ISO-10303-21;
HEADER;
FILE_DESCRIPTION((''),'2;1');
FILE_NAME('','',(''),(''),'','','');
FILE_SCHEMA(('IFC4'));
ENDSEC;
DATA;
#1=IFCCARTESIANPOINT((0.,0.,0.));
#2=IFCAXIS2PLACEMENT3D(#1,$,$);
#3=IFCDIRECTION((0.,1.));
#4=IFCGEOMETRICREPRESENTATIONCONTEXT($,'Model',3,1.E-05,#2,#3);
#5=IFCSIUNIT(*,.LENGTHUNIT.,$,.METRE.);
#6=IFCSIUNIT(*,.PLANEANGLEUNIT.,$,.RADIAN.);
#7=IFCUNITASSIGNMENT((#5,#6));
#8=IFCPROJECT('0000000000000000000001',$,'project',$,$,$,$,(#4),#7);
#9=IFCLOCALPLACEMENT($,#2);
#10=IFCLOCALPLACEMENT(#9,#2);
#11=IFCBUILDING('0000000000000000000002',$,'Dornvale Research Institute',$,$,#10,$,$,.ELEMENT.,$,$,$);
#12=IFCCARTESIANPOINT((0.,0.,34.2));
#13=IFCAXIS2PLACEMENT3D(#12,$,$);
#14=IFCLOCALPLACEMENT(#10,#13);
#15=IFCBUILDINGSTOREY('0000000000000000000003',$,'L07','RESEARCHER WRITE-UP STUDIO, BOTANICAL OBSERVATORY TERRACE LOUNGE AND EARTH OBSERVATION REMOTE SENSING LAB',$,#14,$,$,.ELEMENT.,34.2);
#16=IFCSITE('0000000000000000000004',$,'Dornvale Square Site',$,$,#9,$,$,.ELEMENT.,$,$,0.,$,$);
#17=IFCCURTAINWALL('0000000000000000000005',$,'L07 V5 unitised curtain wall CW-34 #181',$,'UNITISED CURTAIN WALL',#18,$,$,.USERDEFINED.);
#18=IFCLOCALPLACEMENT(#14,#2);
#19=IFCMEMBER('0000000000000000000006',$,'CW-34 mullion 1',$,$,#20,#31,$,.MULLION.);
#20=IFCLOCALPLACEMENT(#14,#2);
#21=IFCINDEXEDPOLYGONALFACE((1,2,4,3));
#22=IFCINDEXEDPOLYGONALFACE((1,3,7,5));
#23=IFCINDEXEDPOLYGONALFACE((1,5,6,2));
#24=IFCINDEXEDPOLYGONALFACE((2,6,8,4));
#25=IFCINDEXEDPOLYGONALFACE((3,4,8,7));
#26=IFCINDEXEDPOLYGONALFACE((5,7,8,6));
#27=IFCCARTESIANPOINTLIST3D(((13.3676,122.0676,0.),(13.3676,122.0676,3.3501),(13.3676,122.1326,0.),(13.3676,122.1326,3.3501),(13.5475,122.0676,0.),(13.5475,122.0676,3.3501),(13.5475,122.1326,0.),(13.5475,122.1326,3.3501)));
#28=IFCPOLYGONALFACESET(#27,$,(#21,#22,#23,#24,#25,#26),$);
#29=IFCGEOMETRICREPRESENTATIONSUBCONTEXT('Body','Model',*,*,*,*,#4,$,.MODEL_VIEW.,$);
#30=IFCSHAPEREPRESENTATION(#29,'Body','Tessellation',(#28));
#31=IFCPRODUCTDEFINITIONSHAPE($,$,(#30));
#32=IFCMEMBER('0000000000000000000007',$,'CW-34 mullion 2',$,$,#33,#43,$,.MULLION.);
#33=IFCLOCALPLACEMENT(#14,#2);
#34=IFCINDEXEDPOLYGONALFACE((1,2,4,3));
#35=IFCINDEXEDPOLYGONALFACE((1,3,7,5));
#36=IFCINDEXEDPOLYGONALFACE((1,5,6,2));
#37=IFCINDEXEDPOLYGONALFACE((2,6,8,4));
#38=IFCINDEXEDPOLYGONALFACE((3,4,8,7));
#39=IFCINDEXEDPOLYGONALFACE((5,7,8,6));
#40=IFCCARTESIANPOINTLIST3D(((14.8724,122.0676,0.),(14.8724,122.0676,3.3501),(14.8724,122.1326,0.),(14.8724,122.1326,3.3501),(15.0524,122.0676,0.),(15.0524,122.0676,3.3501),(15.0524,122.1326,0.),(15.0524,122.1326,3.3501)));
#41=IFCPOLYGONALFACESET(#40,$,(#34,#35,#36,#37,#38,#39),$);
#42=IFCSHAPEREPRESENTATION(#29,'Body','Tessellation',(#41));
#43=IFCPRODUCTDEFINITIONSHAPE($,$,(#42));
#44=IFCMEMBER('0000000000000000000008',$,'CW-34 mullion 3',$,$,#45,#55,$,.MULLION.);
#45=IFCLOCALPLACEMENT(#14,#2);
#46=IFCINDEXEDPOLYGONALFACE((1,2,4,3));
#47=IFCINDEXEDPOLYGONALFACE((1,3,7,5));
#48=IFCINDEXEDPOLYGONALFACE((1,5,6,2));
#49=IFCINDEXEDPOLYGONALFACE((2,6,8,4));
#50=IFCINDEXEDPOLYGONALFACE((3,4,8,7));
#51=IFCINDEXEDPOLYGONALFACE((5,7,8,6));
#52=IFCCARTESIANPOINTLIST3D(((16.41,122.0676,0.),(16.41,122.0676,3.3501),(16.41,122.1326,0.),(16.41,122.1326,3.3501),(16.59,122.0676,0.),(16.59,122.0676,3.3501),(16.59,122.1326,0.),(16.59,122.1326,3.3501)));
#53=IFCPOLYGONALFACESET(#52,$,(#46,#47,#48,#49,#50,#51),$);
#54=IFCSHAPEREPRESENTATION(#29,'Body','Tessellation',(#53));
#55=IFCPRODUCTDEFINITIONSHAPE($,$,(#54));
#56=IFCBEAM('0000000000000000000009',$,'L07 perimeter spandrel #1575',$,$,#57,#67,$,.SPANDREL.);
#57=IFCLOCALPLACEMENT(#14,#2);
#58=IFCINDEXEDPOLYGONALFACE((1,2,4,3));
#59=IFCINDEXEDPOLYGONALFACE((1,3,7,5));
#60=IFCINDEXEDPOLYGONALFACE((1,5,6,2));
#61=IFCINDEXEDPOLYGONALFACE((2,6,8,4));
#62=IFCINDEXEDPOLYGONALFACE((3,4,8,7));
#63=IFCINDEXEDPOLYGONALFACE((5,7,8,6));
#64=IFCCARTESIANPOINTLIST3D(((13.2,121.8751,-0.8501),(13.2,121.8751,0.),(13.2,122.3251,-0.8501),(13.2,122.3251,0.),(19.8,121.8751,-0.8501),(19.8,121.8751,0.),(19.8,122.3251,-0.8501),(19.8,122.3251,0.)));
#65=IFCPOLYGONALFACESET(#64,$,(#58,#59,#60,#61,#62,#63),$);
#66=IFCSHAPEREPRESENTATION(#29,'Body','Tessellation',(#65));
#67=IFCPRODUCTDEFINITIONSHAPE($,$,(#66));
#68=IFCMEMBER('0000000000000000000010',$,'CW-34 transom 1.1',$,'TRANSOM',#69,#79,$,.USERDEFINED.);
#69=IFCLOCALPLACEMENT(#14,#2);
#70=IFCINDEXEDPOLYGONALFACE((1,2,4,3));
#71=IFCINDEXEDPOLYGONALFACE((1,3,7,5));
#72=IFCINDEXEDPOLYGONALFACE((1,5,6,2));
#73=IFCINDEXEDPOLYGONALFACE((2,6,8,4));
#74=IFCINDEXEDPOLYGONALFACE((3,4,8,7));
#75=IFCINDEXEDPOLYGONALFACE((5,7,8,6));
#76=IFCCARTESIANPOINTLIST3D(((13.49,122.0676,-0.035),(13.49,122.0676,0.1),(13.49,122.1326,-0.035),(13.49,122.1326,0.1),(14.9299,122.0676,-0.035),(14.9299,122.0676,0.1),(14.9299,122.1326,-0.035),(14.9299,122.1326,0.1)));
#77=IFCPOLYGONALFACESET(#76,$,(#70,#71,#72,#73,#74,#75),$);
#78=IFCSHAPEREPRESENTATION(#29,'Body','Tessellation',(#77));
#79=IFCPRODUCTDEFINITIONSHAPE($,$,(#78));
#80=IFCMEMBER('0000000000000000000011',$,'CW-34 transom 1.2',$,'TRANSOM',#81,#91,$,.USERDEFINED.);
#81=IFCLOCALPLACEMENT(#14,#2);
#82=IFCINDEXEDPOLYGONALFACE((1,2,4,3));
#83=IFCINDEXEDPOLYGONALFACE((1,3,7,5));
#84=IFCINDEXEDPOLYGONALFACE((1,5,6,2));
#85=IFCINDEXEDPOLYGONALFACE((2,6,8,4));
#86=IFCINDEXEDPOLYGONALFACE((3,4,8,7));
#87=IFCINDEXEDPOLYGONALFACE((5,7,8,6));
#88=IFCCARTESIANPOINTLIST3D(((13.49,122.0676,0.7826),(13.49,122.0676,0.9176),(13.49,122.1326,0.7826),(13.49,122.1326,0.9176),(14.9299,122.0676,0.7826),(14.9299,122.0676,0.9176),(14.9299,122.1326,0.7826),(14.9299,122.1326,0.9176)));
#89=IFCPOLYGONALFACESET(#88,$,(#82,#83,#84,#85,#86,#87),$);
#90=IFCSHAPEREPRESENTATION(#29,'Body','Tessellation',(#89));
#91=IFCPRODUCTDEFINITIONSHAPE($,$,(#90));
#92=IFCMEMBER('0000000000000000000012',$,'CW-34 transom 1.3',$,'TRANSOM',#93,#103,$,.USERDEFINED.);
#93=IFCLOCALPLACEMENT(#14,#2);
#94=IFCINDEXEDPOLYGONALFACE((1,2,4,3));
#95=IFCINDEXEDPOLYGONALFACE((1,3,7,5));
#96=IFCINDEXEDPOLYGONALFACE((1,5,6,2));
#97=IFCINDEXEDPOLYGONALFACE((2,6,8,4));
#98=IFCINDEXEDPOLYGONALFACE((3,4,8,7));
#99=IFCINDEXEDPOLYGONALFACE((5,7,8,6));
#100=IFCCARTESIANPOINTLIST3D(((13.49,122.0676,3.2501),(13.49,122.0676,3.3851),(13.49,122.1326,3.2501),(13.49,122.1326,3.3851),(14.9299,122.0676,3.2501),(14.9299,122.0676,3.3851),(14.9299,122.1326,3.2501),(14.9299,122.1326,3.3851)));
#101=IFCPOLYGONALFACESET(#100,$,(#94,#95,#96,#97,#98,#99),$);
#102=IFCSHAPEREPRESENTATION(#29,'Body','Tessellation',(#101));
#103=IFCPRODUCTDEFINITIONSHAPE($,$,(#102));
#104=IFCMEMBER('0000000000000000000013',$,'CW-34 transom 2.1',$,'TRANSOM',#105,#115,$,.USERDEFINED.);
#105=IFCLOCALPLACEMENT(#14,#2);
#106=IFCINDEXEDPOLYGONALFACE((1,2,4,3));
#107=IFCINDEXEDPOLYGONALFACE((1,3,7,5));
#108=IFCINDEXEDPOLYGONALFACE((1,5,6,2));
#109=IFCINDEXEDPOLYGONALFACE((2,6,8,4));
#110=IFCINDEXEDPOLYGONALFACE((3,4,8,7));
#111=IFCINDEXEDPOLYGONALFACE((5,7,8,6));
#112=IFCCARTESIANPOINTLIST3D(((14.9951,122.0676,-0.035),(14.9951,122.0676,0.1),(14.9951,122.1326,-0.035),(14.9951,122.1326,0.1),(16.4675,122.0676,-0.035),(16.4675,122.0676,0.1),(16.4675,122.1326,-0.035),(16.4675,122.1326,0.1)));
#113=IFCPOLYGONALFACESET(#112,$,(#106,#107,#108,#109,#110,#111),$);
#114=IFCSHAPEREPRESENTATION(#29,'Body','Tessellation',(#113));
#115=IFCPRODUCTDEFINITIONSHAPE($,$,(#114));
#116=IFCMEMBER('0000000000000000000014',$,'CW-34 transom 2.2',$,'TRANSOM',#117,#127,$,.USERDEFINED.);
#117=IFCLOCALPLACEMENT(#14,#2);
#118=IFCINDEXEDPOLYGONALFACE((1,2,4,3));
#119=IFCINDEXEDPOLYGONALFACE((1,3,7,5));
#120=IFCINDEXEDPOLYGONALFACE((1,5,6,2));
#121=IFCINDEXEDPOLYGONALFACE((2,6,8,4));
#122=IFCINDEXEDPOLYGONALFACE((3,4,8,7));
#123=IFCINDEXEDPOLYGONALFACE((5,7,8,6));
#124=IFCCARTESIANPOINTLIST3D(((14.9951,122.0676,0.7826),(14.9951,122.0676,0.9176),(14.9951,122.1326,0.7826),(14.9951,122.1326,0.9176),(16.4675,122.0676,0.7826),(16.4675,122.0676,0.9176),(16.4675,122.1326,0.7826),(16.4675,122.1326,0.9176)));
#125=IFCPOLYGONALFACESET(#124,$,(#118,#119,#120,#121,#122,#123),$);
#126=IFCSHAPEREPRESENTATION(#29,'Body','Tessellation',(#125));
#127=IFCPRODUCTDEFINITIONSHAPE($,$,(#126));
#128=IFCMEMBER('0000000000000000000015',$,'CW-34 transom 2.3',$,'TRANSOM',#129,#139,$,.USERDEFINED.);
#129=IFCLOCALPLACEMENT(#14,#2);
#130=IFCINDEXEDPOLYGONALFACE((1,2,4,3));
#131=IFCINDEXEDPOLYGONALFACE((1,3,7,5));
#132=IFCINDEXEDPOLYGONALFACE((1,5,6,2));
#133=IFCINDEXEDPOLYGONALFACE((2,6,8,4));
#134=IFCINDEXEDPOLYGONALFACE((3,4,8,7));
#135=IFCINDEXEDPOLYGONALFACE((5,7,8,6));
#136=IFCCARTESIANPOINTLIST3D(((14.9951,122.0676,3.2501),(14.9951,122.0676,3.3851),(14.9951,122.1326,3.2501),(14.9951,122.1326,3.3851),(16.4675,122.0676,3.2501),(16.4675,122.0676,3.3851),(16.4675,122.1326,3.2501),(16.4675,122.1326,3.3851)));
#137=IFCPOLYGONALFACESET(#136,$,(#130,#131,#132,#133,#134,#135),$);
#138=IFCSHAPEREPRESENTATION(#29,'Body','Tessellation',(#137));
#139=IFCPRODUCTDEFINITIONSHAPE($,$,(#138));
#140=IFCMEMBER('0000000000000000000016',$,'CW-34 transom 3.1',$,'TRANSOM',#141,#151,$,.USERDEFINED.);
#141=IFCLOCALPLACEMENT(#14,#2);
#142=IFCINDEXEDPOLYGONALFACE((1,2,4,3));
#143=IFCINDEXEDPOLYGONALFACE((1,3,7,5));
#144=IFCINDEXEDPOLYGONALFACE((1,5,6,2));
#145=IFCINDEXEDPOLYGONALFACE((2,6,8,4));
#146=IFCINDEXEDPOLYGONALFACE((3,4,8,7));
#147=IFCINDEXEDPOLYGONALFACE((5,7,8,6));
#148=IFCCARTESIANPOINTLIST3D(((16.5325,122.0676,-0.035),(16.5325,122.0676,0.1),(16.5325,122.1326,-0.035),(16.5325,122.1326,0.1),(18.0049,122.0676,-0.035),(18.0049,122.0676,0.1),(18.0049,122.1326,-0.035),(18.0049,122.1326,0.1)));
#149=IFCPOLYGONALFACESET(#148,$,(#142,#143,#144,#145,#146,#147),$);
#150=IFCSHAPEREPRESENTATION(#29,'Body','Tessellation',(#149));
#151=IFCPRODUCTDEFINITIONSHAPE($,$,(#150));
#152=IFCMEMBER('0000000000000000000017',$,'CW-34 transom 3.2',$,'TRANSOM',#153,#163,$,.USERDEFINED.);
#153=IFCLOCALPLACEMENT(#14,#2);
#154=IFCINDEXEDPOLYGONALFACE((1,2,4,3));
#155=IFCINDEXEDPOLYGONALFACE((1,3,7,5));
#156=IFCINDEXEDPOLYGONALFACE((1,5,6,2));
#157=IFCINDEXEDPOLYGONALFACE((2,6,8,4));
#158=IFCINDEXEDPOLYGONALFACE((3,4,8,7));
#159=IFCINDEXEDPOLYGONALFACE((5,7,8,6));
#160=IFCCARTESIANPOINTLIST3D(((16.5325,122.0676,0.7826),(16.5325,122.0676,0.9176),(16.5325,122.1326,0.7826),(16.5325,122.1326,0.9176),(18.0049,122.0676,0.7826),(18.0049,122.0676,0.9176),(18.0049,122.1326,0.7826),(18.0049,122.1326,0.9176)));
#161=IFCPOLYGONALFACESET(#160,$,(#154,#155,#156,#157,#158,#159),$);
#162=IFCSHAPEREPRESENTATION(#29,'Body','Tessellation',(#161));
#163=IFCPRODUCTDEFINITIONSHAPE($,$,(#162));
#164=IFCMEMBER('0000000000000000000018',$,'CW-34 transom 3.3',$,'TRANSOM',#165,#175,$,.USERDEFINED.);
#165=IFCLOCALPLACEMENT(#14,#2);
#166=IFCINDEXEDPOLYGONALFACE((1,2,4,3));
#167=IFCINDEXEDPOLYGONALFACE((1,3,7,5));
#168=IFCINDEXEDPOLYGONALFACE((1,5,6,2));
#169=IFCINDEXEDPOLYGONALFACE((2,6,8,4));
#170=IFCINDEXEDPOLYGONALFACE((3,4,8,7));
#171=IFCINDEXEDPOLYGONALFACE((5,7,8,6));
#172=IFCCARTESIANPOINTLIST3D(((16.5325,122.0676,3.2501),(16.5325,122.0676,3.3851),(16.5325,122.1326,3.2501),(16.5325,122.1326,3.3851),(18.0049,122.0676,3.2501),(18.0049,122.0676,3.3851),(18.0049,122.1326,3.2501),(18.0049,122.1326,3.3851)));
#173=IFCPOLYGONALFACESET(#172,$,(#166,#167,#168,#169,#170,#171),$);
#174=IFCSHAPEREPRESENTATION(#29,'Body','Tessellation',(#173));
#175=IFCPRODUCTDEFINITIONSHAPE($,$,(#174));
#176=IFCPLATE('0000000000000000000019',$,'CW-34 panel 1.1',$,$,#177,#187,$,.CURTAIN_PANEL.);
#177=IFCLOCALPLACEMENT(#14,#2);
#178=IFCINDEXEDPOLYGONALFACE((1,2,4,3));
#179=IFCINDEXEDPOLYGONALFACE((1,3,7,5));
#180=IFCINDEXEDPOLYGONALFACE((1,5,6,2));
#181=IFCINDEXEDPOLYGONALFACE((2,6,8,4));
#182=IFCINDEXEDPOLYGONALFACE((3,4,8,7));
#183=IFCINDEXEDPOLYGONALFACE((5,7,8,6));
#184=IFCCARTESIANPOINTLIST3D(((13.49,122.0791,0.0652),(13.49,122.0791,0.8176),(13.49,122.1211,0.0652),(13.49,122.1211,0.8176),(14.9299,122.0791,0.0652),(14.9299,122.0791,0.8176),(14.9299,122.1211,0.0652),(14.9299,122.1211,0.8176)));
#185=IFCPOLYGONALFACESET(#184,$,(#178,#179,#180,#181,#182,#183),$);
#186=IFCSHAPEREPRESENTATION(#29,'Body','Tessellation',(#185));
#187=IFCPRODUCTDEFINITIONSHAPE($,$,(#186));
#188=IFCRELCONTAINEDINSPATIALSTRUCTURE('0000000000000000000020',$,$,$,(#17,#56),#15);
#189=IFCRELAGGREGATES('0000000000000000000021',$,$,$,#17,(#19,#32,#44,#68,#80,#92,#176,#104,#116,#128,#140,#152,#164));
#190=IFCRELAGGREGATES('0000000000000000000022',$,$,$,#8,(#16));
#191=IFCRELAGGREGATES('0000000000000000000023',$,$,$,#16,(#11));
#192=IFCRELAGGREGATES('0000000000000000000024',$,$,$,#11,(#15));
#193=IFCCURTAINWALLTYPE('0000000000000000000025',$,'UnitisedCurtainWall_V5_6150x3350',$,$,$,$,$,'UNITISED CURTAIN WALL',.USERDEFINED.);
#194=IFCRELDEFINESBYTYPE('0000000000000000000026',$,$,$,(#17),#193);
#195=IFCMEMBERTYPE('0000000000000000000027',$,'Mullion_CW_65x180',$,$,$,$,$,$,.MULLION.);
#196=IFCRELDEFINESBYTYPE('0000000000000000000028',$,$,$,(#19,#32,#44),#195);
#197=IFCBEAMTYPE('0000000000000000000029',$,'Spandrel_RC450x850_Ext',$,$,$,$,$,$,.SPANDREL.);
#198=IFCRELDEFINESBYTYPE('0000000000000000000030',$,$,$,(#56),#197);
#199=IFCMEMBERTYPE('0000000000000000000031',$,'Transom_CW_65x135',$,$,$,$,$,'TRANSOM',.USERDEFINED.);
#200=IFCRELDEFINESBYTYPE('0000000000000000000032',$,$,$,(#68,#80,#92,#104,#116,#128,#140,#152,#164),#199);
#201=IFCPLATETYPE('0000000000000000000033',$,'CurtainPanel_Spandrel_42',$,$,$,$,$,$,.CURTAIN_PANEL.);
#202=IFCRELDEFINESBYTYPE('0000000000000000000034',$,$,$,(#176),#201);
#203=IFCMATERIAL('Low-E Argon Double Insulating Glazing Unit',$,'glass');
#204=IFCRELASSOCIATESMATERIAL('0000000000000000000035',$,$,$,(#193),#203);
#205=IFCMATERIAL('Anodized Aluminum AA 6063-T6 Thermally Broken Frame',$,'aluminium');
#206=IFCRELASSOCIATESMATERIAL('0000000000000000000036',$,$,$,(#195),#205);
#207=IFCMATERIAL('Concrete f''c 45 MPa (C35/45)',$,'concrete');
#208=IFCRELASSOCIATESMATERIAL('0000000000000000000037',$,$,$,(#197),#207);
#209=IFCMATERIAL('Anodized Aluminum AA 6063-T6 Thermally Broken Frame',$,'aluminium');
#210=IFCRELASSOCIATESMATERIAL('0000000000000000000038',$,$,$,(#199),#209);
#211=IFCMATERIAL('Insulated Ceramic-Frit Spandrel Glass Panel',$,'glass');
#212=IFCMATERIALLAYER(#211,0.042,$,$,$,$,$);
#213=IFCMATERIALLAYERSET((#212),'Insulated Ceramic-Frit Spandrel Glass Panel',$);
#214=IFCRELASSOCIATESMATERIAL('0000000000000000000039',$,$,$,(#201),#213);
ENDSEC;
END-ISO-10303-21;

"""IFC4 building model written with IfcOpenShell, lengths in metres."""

from ifc_helpers import new_model, si_unit, direction, frame, origin, origin_2d, place, context, subcontext, project, spatial, rectangle, extrude, material, layer, layer_set, material_profile, profile_set, type_object, element, aggregate, save


model = new_model("IFC4")

# Units and contexts
model_context = context("Model", 3, precision=1e-05, world=origin(), true_north=direction((0.0, 1.0)))
body_context = subcontext(model_context, "Body", "Model", "MODEL_VIEW")
ifc_project = project(units=[si_unit("LENGTHUNIT", "METRE"), si_unit("PLANEANGLEUNIT", "RADIAN")], contexts=[model_context])

# Site, building, storey
site_placement = place(None, origin())
site = spatial("IfcSite", under=ifc_project, at=site_placement, Name="Dornvale Square Site", CompositionType="ELEMENT", RefElevation=0.0)
building_placement = place(site_placement, origin())
building = spatial("IfcBuilding", under=site, at=building_placement, Name="Dornvale Research Institute", CompositionType="ELEMENT")
storey_placement = place(building_placement, frame((0.0, 0.0, 34.2)))
storey = spatial("IfcBuildingStorey", under=building, at=storey_placement, Name="L07", Description="RESEARCHER WRITE-UP STUDIO, BOTANICAL OBSERVATORY TERRACE LOUNGE AND EARTH OBSERVATION REMOTE SENSING LAB", CompositionType="ELEMENT", Elevation=34.2)

# Curtain wall, members
ifc_material_1 = material(Name="Low-E Argon Double Insulating Glazing Unit", Category="glass")
curtain_wall_type = type_object("IfcCurtainWallType", Name="UnitisedCurtainWall_V5_6150x3350", ElementType="UNITISED CURTAIN WALL", PredefinedType="USERDEFINED", material=ifc_material_1)
curtain_wall_placement = place(storey_placement, origin())
curtain_wall = element("IfcCurtainWall", 1, at=curtain_wall_placement, inside=storey, type_object=curtain_wall_type, Name="L07 V5 unitised curtain wall CW-34 #181", ObjectType="UNITISED CURTAIN WALL", PredefinedType="USERDEFINED")
ifc_material_2 = material(Name="Anodized Aluminum AA 6063-T6 Thermally Broken Frame", Category="aluminium")
ifc_material_profile_1 = material_profile(ifc_material_2, rectangle(XDim=0.0649, YDim=0.1799, at=origin_2d()), Name="ALU MULLION 65x180")
ifc_profile_set_1 = profile_set([ifc_material_profile_1], Name="Anodized Aluminum AA 6063-T6 Thermally Broken Frame")
member_type_1 = type_object("IfcMemberType", Name="Mullion_CW_65x180", PredefinedType="MULLION", material=ifc_profile_set_1)
member_1_placement = place(storey_placement, frame((13.4575, 122.1001, 0.0), z_axis=(0.0, 0.0, 1.0), x_axis=(0.0, 1.0, 0.0)))
member_1 = element("IfcMember", 2, at=member_1_placement, type_object=member_type_1, Name="CW-34 mullion 1", PredefinedType="MULLION", context=body_context, shape_type="SweptSolid", body=[
    extrude(rectangle(XDim=0.0649, YDim=0.1799, at=origin_2d()), origin(), (0.0, 0.0, 1.0), 3.3501),
])
member_2_placement = place(storey_placement, frame((14.9624, 122.1001, 0.0), z_axis=(0.0, 0.0, 1.0), x_axis=(0.0, 1.0, 0.0)))
member_2 = element("IfcMember", 3, at=member_2_placement, type_object=member_type_1, Name="CW-34 mullion 2", PredefinedType="MULLION", context=body_context, shape_type="SweptSolid", body=[
    extrude(rectangle(XDim=0.0649, YDim=0.1799, at=origin_2d()), origin(), (0.0, 0.0, 1.0), 3.3501),
])
member_3_placement = place(storey_placement, frame((16.5, 122.1001, 0.0), z_axis=(0.0, 0.0, 1.0), x_axis=(0.0, 1.0, 0.0)))
member_3 = element("IfcMember", 4, at=member_3_placement, type_object=member_type_1, Name="CW-34 mullion 3", PredefinedType="MULLION", context=body_context, shape_type="SweptSolid", body=[
    extrude(rectangle(XDim=0.0649, YDim=0.1799, at=origin_2d()), origin(), (0.0, 0.0, 1.0), 3.3501),
])

# Beam
ifc_material_3 = material(Name="Concrete f'c 45 MPa (C35/45)", Category="concrete")
ifc_material_profile_2 = material_profile(ifc_material_3, rectangle(XDim=0.45, YDim=0.8501, at=origin_2d()), Name="RC 450x850")
ifc_profile_set_2 = profile_set([ifc_material_profile_2], Name="Concrete f'c 45 MPa (C35/45)")
beam_type = type_object("IfcBeamType", Name="Spandrel_RC450x850_Ext", PredefinedType="SPANDREL", material=ifc_profile_set_2)
beam_placement = place(storey_placement, frame((13.2, 122.1001, -0.425), z_axis=(1.0, 0.0, 0.0), x_axis=(0.0, 1.0, 0.0)))
element("IfcBeam", 5, at=beam_placement, inside=storey, type_object=beam_type, Name="L07 perimeter spandrel #1575", PredefinedType="SPANDREL", context=body_context, shape_type="SweptSolid", body=[
    extrude(rectangle(XDim=0.45, YDim=0.8501, at=origin_2d()), origin(), (0.0, 0.0, 1.0), 6.6001),
])

# Members
ifc_material_4 = material(Name="Anodized Aluminum AA 6063-T6 Thermally Broken Frame", Category="aluminium")
ifc_material_profile_3 = material_profile(ifc_material_4, rectangle(XDim=0.0649, YDim=0.135, at=origin_2d()), Name="ALU TRANSOM 65x135")
ifc_profile_set_3 = profile_set([ifc_material_profile_3], Name="Anodized Aluminum AA 6063-T6 Thermally Broken Frame")
member_type_2 = type_object("IfcMemberType", Name="Transom_CW_65x135", ElementType="TRANSOM", PredefinedType="USERDEFINED", material=ifc_profile_set_3)
member_4_placement = place(storey_placement, frame((13.49, 122.1001, 0.0325), z_axis=(1.0, 0.0, 0.0), x_axis=(0.0, 1.0, 0.0)))
member_4 = element("IfcMember", 6, at=member_4_placement, type_object=member_type_2, Name="CW-34 transom 1.1", ObjectType="TRANSOM", PredefinedType="USERDEFINED", context=body_context, shape_type="SweptSolid", body=[
    extrude(rectangle(XDim=0.0649, YDim=0.135, at=origin_2d()), origin(), (0.0, 0.0, 1.0), 1.4399),
])
member_5_placement = place(storey_placement, frame((13.49, 122.1001, 0.8501), z_axis=(1.0, 0.0, 0.0), x_axis=(0.0, 1.0, 0.0)))
member_5 = element("IfcMember", 7, at=member_5_placement, type_object=member_type_2, Name="CW-34 transom 1.2", ObjectType="TRANSOM", PredefinedType="USERDEFINED", context=body_context, shape_type="SweptSolid", body=[
    extrude(rectangle(XDim=0.0649, YDim=0.135, at=origin_2d()), origin(), (0.0, 0.0, 1.0), 1.4399),
])
member_6_placement = place(storey_placement, frame((13.49, 122.1001, 3.3176), z_axis=(1.0, 0.0, 0.0), x_axis=(0.0, 1.0, 0.0)))
member_6 = element("IfcMember", 8, at=member_6_placement, type_object=member_type_2, Name="CW-34 transom 1.3", ObjectType="TRANSOM", PredefinedType="USERDEFINED", context=body_context, shape_type="SweptSolid", body=[
    extrude(rectangle(XDim=0.0649, YDim=0.135, at=origin_2d()), origin(), (0.0, 0.0, 1.0), 1.4399),
])
member_7_placement = place(storey_placement, frame((14.9951, 122.1001, 0.0325), z_axis=(1.0, 0.0, 0.0), x_axis=(0.0, 1.0, 0.0)))
member_7 = element("IfcMember", 9, at=member_7_placement, type_object=member_type_2, Name="CW-34 transom 2.1", ObjectType="TRANSOM", PredefinedType="USERDEFINED", context=body_context, shape_type="SweptSolid", body=[
    extrude(rectangle(XDim=0.0649, YDim=0.135, at=origin_2d()), origin(), (0.0, 0.0, 1.0), 1.4724),
])
member_8_placement = place(storey_placement, frame((14.9951, 122.1001, 0.8501), z_axis=(1.0, 0.0, 0.0), x_axis=(0.0, 1.0, 0.0)))
member_8 = element("IfcMember", 10, at=member_8_placement, type_object=member_type_2, Name="CW-34 transom 2.2", ObjectType="TRANSOM", PredefinedType="USERDEFINED", context=body_context, shape_type="SweptSolid", body=[
    extrude(rectangle(XDim=0.0649, YDim=0.135, at=origin_2d()), origin(), (0.0, 0.0, 1.0), 1.4724),
])
member_9_placement = place(storey_placement, frame((14.9951, 122.1001, 3.3176), z_axis=(1.0, 0.0, 0.0), x_axis=(0.0, 1.0, 0.0)))
member_9 = element("IfcMember", 11, at=member_9_placement, type_object=member_type_2, Name="CW-34 transom 2.3", ObjectType="TRANSOM", PredefinedType="USERDEFINED", context=body_context, shape_type="SweptSolid", body=[
    extrude(rectangle(XDim=0.0649, YDim=0.135, at=origin_2d()), origin(), (0.0, 0.0, 1.0), 1.4724),
])
member_10_placement = place(storey_placement, frame((16.5325, 122.1001, 0.0325), z_axis=(1.0, 0.0, 0.0), x_axis=(0.0, 1.0, 0.0)))
member_10 = element("IfcMember", 12, at=member_10_placement, type_object=member_type_2, Name="CW-34 transom 3.1", ObjectType="TRANSOM", PredefinedType="USERDEFINED", context=body_context, shape_type="SweptSolid", body=[
    extrude(rectangle(XDim=0.0649, YDim=0.135, at=origin_2d()), origin(), (0.0, 0.0, 1.0), 1.4724),
])
member_11_placement = place(storey_placement, frame((16.5325, 122.1001, 0.8501), z_axis=(1.0, 0.0, 0.0), x_axis=(0.0, 1.0, 0.0)))
member_11 = element("IfcMember", 13, at=member_11_placement, type_object=member_type_2, Name="CW-34 transom 3.2", ObjectType="TRANSOM", PredefinedType="USERDEFINED", context=body_context, shape_type="SweptSolid", body=[
    extrude(rectangle(XDim=0.0649, YDim=0.135, at=origin_2d()), origin(), (0.0, 0.0, 1.0), 1.4724),
])
member_12_placement = place(storey_placement, frame((16.5325, 122.1001, 3.3176), z_axis=(1.0, 0.0, 0.0), x_axis=(0.0, 1.0, 0.0)))
member_12 = element("IfcMember", 14, at=member_12_placement, type_object=member_type_2, Name="CW-34 transom 3.3", ObjectType="TRANSOM", PredefinedType="USERDEFINED", context=body_context, shape_type="SweptSolid", body=[
    extrude(rectangle(XDim=0.0649, YDim=0.135, at=origin_2d()), origin(), (0.0, 0.0, 1.0), 1.4724),
])

# Plate
ifc_material_5 = material(Name="Insulated Ceramic-Frit Spandrel Glass Panel", Category="glass")
ifc_layer_1 = layer(ifc_material_5, 0.042)
ifc_layer_set_1 = layer_set([ifc_layer_1], Name="Insulated Ceramic-Frit Spandrel Glass Panel")
plate_type_1 = type_object("IfcPlateType", Name="CurtainPanel_Spandrel_42", PredefinedType="CURTAIN_PANEL", material=ifc_layer_set_1)
plate_1_placement = place(storey_placement, frame((14.21, 122.1001, 0.0652), z_axis=(0.0, 0.0, 1.0), x_axis=(1.0, 0.0, 0.0)))
plate_1 = element("IfcPlate", 15, at=plate_1_placement, type_object=plate_type_1, Name="CW-34 panel 1.1", PredefinedType="CURTAIN_PANEL", context=body_context, shape_type="SweptSolid", body=[
    extrude(rectangle(XDim=1.4399, YDim=0.042, at=origin_2d()), origin(), (0.0, 0.0, 1.0), 0.7524),
])
aggregate(curtain_wall, [member_1, member_2, member_3, member_4, member_5, member_6, plate_1, member_7, member_8, member_9, member_10, member_11, member_12])

save(model, "model.ifc")
